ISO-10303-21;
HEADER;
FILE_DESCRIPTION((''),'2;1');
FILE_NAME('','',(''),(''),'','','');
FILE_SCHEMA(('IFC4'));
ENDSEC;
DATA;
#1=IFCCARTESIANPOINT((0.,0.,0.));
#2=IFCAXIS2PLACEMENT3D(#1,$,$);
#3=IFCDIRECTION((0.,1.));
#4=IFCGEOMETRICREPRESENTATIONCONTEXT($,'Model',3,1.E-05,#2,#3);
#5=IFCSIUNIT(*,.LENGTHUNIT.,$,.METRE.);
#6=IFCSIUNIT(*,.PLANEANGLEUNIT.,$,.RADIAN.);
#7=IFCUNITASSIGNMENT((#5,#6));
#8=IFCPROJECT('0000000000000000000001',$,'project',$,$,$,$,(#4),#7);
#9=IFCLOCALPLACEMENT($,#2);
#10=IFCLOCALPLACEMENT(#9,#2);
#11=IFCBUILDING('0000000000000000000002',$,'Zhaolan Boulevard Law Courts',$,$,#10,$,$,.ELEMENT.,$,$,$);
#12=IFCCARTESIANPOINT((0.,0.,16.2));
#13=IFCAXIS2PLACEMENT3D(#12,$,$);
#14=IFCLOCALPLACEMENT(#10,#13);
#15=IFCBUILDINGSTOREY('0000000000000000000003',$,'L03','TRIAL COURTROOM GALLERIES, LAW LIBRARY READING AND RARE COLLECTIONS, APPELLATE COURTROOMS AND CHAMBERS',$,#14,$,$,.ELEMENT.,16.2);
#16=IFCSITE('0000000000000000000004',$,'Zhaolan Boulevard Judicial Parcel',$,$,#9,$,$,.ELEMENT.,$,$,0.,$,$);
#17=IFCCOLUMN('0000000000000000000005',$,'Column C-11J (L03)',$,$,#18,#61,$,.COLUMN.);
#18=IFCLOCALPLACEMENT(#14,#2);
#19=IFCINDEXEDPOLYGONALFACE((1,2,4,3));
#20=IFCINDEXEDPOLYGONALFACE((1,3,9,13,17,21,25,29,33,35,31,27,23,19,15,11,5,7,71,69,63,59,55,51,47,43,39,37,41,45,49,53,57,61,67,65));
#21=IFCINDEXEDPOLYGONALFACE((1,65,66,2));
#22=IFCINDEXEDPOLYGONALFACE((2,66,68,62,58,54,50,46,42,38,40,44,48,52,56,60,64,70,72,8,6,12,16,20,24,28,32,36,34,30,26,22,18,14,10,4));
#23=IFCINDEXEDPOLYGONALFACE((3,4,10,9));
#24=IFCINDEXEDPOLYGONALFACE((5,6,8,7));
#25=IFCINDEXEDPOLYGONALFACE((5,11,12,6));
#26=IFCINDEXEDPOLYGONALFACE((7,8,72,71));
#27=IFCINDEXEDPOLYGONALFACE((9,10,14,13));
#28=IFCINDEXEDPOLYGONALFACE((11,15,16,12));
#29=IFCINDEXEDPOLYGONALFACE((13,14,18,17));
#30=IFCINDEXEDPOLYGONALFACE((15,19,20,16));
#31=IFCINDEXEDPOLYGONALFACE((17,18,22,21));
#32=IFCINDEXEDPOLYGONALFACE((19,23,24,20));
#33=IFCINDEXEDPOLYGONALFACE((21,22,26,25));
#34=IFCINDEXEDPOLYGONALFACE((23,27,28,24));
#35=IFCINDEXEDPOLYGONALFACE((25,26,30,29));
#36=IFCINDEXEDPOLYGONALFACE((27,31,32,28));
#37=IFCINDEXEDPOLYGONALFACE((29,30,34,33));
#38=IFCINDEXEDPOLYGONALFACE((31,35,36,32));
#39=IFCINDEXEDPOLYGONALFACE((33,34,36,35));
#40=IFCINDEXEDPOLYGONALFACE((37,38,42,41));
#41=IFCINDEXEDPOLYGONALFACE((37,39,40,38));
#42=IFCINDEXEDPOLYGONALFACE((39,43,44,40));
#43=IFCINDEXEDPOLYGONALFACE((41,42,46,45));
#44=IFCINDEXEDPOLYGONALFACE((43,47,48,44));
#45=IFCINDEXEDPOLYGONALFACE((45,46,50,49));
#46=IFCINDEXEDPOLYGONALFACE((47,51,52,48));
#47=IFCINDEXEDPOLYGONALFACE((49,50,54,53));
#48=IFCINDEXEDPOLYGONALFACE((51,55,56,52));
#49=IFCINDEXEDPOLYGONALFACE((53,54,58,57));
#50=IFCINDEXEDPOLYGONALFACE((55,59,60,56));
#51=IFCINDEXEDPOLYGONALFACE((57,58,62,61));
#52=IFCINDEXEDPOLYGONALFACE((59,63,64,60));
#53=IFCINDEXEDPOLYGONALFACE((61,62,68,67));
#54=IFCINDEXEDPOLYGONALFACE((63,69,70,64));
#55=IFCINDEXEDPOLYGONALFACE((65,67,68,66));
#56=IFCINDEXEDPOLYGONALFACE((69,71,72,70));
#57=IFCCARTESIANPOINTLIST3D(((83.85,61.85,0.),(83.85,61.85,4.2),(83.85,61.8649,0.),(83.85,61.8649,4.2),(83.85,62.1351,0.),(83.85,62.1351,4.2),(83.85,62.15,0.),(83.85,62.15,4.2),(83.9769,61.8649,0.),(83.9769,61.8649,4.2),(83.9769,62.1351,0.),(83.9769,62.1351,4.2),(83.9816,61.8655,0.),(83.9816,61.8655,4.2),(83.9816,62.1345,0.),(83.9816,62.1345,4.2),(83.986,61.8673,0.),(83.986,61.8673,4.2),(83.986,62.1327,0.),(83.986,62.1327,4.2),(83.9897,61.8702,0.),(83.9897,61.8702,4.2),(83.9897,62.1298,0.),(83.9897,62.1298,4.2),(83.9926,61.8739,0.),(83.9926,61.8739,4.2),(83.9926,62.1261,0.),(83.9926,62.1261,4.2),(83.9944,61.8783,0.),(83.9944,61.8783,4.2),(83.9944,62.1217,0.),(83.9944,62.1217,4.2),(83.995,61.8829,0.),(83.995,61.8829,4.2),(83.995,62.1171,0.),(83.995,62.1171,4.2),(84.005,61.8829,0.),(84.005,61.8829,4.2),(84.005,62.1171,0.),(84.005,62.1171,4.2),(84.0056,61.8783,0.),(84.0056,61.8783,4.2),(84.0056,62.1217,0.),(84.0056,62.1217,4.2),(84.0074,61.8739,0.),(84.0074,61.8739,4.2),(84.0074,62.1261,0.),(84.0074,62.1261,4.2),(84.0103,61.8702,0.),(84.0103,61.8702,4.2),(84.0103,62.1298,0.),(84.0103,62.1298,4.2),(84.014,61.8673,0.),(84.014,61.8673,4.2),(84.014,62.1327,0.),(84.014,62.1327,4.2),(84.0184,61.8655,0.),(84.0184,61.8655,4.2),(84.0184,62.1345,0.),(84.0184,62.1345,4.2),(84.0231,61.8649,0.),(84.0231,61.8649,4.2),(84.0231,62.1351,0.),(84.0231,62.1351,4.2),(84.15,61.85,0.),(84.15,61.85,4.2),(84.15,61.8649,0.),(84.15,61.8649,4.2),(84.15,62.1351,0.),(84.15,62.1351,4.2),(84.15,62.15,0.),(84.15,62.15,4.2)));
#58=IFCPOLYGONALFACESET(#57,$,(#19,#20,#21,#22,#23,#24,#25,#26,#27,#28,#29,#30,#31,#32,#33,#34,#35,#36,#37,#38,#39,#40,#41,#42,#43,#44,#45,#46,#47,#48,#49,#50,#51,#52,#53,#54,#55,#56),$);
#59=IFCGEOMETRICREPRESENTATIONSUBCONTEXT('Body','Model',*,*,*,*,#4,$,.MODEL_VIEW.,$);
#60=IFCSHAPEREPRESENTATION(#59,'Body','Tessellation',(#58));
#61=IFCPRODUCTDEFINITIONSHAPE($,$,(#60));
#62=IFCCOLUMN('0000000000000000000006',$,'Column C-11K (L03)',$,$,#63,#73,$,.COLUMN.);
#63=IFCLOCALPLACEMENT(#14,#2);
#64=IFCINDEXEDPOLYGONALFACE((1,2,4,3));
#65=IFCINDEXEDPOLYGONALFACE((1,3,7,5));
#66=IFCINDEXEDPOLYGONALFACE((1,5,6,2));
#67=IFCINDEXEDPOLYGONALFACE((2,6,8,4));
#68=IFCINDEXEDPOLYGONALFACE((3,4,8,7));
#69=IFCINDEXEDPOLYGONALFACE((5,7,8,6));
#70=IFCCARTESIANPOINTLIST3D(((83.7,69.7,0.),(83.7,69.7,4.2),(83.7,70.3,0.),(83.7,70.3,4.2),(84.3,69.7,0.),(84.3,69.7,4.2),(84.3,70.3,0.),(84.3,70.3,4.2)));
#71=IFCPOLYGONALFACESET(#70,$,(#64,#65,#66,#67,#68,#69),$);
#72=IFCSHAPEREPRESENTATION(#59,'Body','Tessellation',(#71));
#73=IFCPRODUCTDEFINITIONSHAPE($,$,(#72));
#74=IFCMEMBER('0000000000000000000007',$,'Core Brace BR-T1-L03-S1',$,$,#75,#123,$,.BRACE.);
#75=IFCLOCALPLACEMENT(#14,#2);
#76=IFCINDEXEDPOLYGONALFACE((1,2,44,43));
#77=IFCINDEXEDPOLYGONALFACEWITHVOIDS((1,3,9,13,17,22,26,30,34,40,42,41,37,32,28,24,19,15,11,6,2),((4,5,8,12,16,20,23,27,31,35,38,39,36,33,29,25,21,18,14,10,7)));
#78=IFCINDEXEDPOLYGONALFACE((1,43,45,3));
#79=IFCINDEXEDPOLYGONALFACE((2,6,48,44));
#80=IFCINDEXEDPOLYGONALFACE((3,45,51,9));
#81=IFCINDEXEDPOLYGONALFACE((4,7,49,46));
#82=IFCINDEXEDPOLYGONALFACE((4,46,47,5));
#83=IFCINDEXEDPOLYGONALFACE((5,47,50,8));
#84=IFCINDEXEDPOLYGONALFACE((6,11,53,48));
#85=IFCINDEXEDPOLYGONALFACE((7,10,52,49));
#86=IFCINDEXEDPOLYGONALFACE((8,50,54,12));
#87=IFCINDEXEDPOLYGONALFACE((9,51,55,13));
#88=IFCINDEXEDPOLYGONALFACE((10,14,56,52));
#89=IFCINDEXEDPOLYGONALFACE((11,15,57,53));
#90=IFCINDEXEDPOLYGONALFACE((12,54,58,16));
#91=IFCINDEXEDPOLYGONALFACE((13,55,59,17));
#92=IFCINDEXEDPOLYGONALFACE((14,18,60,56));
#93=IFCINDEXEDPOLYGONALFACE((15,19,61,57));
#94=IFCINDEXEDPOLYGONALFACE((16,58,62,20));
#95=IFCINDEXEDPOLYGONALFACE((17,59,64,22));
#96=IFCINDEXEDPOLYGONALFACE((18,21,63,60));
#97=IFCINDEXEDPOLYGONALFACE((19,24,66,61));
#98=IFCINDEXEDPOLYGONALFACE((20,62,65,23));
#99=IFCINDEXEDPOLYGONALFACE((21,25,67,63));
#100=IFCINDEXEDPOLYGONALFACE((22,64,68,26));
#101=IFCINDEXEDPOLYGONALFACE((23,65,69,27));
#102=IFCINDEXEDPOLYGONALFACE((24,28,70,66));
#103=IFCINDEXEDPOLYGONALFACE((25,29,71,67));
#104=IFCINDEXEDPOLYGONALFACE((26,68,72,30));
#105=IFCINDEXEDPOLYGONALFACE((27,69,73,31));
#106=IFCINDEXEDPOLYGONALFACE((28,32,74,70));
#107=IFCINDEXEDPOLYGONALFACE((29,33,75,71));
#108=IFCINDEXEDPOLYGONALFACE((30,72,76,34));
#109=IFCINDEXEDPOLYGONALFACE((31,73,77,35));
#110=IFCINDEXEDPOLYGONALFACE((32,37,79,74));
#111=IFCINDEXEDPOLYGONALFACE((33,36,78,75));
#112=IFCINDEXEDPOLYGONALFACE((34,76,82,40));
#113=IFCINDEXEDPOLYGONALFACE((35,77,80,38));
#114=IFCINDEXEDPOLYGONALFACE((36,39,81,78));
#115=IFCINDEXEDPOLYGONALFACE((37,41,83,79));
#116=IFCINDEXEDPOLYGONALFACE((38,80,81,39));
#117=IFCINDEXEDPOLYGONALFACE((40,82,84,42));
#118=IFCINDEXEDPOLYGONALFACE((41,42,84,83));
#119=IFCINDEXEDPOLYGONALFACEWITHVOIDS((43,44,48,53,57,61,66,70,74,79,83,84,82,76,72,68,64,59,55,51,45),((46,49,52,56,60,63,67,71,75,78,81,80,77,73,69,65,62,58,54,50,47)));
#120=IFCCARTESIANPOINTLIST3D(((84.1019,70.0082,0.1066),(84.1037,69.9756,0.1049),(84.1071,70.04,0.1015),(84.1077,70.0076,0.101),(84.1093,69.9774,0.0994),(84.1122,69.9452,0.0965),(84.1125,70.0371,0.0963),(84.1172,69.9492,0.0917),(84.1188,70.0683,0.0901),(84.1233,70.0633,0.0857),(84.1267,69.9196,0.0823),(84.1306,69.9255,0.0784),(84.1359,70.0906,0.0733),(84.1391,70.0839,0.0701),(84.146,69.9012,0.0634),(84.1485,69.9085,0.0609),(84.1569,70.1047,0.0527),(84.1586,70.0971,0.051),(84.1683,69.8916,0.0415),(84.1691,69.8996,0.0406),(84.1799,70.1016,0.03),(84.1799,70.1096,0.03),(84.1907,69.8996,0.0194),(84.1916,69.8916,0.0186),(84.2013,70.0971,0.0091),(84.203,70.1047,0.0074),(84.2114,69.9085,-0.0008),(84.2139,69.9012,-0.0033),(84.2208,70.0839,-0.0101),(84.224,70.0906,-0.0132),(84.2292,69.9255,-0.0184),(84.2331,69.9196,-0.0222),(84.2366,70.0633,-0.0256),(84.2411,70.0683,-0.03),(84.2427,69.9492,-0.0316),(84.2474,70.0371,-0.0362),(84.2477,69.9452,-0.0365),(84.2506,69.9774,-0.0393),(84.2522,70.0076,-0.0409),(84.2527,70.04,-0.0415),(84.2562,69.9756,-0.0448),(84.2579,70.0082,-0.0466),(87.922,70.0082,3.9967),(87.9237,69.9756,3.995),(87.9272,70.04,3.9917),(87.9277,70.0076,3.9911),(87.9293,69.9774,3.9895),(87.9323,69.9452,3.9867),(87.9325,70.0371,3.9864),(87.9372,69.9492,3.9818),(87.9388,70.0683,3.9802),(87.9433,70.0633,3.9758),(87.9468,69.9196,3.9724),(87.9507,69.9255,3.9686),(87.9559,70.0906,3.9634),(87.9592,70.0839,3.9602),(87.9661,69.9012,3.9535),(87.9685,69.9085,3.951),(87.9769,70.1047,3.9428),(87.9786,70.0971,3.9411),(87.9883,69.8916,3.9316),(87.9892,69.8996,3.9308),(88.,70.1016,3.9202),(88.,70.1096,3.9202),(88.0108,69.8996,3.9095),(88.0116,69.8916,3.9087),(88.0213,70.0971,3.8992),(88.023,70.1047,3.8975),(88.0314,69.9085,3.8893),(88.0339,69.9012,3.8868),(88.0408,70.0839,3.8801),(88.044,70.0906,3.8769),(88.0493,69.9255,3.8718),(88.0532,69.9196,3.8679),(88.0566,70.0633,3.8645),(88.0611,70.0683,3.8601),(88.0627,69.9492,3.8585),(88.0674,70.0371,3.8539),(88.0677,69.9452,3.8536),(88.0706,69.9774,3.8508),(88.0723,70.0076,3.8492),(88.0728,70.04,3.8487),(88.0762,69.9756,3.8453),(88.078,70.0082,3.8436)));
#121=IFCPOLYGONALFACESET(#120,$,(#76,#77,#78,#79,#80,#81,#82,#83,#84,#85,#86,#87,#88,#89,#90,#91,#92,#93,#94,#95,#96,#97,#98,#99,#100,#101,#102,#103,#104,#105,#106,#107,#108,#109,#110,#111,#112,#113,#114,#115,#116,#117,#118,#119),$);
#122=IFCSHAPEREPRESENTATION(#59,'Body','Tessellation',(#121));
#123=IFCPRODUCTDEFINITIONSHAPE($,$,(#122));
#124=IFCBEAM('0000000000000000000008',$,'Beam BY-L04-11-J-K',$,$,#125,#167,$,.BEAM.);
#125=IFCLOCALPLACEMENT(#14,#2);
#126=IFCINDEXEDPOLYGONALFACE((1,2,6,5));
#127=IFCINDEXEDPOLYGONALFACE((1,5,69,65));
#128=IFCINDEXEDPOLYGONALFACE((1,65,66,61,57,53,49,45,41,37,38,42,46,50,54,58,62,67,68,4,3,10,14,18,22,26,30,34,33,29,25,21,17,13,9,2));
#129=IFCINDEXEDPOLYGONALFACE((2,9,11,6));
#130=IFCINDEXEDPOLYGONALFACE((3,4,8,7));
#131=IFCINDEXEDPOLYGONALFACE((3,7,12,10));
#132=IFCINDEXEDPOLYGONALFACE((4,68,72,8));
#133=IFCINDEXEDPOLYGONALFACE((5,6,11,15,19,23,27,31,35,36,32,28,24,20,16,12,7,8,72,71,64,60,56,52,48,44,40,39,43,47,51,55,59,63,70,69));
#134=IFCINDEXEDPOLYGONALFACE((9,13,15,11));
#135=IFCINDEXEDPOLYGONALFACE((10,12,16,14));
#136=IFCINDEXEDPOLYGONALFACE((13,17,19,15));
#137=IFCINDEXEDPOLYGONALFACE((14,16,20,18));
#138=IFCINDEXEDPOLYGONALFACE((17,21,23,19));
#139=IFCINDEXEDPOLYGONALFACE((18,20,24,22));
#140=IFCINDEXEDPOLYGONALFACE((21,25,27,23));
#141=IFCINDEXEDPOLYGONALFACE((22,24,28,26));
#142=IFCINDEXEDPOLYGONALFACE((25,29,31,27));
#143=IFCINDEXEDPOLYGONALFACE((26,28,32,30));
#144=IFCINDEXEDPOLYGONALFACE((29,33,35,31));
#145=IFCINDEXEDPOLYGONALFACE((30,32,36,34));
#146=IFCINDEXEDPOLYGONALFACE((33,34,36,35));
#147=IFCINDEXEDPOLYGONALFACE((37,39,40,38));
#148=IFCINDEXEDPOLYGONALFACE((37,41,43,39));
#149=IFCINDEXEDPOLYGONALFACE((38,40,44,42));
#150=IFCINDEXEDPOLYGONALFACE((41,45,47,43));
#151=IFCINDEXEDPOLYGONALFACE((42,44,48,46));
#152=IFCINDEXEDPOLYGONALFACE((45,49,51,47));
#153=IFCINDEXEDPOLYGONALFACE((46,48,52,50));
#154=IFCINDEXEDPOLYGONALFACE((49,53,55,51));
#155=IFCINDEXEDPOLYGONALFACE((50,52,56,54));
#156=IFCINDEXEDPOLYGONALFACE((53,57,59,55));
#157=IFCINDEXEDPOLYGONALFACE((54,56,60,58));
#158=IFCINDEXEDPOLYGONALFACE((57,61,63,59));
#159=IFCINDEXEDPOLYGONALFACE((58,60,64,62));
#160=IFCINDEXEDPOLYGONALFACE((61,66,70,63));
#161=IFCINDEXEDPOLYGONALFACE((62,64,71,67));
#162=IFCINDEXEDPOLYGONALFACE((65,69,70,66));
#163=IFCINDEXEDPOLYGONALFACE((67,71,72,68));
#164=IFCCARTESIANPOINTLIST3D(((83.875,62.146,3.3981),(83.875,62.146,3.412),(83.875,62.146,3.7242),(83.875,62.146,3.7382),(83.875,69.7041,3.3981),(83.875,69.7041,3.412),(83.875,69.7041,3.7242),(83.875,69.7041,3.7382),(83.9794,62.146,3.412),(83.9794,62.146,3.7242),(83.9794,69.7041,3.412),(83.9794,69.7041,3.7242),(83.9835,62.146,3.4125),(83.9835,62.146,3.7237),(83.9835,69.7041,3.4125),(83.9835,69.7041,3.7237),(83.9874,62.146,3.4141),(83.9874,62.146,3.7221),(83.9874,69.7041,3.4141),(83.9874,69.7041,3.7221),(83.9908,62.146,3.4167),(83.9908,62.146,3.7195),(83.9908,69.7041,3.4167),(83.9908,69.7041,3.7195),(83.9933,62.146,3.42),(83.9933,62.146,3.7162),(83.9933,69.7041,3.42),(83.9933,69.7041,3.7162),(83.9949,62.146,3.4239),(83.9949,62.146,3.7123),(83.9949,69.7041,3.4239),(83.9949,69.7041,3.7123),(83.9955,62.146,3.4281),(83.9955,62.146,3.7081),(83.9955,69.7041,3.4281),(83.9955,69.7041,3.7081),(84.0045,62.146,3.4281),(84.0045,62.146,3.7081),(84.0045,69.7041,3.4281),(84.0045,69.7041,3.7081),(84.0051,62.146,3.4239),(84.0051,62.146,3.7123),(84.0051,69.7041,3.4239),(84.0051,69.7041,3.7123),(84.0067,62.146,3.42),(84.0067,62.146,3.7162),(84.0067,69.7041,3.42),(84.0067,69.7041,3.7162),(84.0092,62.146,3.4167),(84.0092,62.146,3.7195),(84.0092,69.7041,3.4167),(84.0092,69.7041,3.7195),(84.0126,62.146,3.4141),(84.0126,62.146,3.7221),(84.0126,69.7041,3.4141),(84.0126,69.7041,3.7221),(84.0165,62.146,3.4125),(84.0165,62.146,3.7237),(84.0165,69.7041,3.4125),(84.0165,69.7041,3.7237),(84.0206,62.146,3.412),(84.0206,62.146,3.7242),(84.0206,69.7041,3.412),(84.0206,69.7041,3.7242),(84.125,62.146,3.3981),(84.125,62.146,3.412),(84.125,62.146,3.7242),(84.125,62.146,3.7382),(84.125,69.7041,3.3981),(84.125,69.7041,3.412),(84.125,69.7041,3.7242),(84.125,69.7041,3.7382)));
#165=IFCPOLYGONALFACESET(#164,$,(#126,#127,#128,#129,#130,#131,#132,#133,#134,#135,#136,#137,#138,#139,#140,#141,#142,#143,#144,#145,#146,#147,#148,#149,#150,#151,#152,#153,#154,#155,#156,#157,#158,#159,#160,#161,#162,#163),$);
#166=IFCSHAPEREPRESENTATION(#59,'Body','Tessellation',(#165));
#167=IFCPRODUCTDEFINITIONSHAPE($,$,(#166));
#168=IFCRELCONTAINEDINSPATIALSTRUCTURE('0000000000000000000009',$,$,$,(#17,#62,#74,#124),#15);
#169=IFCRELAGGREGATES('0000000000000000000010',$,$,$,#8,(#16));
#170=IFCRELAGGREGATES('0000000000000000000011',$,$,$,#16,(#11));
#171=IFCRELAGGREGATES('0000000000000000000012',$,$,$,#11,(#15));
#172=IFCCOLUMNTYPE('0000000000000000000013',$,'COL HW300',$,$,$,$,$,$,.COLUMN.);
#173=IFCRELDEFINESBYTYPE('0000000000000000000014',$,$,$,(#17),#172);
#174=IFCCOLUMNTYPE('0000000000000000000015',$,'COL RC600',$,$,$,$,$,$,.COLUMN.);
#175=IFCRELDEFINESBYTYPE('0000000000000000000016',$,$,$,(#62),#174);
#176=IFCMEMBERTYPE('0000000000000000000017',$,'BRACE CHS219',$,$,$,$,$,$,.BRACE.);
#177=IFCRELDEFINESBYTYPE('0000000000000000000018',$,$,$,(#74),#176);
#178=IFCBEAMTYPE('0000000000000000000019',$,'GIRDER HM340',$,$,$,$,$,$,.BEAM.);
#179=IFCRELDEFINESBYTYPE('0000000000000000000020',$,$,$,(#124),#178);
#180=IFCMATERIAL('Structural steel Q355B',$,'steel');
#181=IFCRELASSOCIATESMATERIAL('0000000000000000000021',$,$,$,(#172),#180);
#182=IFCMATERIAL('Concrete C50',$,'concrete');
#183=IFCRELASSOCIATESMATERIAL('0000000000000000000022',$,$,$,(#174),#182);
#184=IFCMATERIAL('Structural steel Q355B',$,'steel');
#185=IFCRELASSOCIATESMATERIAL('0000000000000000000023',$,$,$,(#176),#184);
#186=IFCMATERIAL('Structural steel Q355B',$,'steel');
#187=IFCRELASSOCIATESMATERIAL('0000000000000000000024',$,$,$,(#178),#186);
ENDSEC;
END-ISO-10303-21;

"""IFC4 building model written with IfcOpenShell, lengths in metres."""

from ifc_helpers import new_model, si_unit, direction, frame, origin, origin_2d, place, context, subcontext, project, spatial, rectangle, hollow_circle, i_section, extrude, material, material_profile, profile_set, type_object, element, save


model = new_model("IFC4")

# Units and contexts
model_context = context("Model", 3, precision=1e-05, world=origin(), true_north=direction((0.0, 1.0)))
body_context = subcontext(model_context, "Body", "Model", "MODEL_VIEW")
ifc_project = project(units=[si_unit("LENGTHUNIT", "METRE"), si_unit("PLANEANGLEUNIT", "RADIAN")], contexts=[model_context])

# Site, building, storey
site_placement = place(None, origin())
site = spatial("IfcSite", under=ifc_project, at=site_placement, Name="Zhaolan Boulevard Judicial Parcel", CompositionType="ELEMENT", RefElevation=0.0)
building_placement = place(site_placement, origin())
building = spatial("IfcBuilding", under=site, at=building_placement, Name="Zhaolan Boulevard Law Courts", CompositionType="ELEMENT")
storey_placement = place(building_placement, frame((0.0, 0.0, 16.2)))
storey = spatial("IfcBuildingStorey", under=building, at=storey_placement, Name="L03", Description="TRIAL COURTROOM GALLERIES, LAW LIBRARY READING AND RARE COLLECTIONS, APPELLATE COURTROOMS AND CHAMBERS", CompositionType="ELEMENT", Elevation=16.2)

# Columns
ifc_material_1 = material(Name="Structural steel Q355B", Category="steel")
ifc_material_profile_1 = material_profile(ifc_material_1, i_section(OverallWidth=0.3, OverallDepth=0.3, WebThickness=0.01, FlangeThickness=0.0149, FilletRadius=0.0181, at=origin_2d()), Name="HW300x300")
ifc_profile_set_1 = profile_set([ifc_material_profile_1], Name="Structural steel Q355B")
column_type_1 = type_object("IfcColumnType", Name="COL HW300", PredefinedType="COLUMN", material=ifc_profile_set_1)
column_1_placement = place(storey_placement, frame((84.0, 62.0, 0.0), z_axis=(0.0, 0.0, 1.0), x_axis=(1.0, 0.0, 0.0)))
element("IfcColumn", 1, at=column_1_placement, inside=storey, type_object=column_type_1, Name="Column C-11J (L03)", PredefinedType="COLUMN", context=body_context, shape_type="SweptSolid", body=[
    extrude(i_section(OverallWidth=0.3, OverallDepth=0.3, WebThickness=0.01, FlangeThickness=0.0149, FilletRadius=0.0181, at=origin_2d()), origin(), (0.0, 0.0, 1.0), 4.2),
])
ifc_material_2 = material(Name="Concrete C50", Category="concrete")
ifc_material_profile_2 = material_profile(ifc_material_2, rectangle(XDim=0.6001, YDim=0.6001, at=origin_2d()), Name="RC600x600")
ifc_profile_set_2 = profile_set([ifc_material_profile_2], Name="Concrete C50")
column_type_2 = type_object("IfcColumnType", Name="COL RC600", PredefinedType="COLUMN", material=ifc_profile_set_2)
column_2_placement = place(storey_placement, frame((84.0, 70.0, 0.0), z_axis=(0.0, 0.0, 1.0), x_axis=(1.0, 0.0, 0.0)))
element("IfcColumn", 2, at=column_2_placement, inside=storey, type_object=column_type_2, Name="Column C-11K (L03)", PredefinedType="COLUMN", context=body_context, shape_type="SweptSolid", body=[
    extrude(rectangle(XDim=0.6001, YDim=0.6001, at=origin_2d()), origin(), (0.0, 0.0, 1.0), 4.2),
])

# Member
ifc_material_3 = material(Name="Structural steel Q355B", Category="steel")
ifc_material_profile_3 = material_profile(ifc_material_3, hollow_circle(Radius=0.1096, WallThickness=0.0081, at=origin_2d()), Name="CHS219x8")
ifc_profile_set_3 = profile_set([ifc_material_profile_3], Name="Structural steel Q355B")
member_type = type_object("IfcMemberType", Name="BRACE CHS219", PredefinedType="BRACE", material=ifc_profile_set_3)
member_placement = place(storey_placement, frame((84.1799, 70.0, 0.03), z_axis=(0.700652, 0.0, 0.713503), x_axis=(0.0, 1.0, 0.0)))
element("IfcMember", 3, at=member_placement, inside=storey, type_object=member_type, Name="Core Brace BR-T1-L03-S1", PredefinedType="BRACE", context=body_context, shape_type="SweptSolid", body=[
    extrude(hollow_circle(Radius=0.1096, WallThickness=0.0081, at=origin_2d()), origin(), (0.0, 0.0, 1.0), 5.4521),
])

# Beam
ifc_material_4 = material(Name="Structural steel Q355B", Category="steel")
ifc_material_profile_4 = material_profile(ifc_material_4, i_section(OverallWidth=0.25, OverallDepth=0.3401, WebThickness=0.009, FlangeThickness=0.0139, FilletRadius=0.0161, at=origin_2d()), Name="HM340x250")
ifc_profile_set_4 = profile_set([ifc_material_profile_4], Name="Structural steel Q355B")
beam_type_1 = type_object("IfcBeamType", Name="GIRDER HM340", PredefinedType="BEAM", material=ifc_profile_set_4)
beam_1_placement = place(storey_placement, frame((84.0, 62.146, 3.5681), z_axis=(0.0, 1.0, 0.0), x_axis=(-1.0, 0.0, 0.0)))
element("IfcBeam", 4, at=beam_1_placement, inside=storey, type_object=beam_type_1, Name="Beam BY-L04-11-J-K", PredefinedType="BEAM", context=body_context, shape_type="SweptSolid", body=[
    extrude(i_section(OverallWidth=0.25, OverallDepth=0.3401, WebThickness=0.009, FlangeThickness=0.0139, FilletRadius=0.0161, at=origin_2d()), origin(), (0.0, 0.0, 1.0), 7.5581),
])

save(model, "model.ifc")
